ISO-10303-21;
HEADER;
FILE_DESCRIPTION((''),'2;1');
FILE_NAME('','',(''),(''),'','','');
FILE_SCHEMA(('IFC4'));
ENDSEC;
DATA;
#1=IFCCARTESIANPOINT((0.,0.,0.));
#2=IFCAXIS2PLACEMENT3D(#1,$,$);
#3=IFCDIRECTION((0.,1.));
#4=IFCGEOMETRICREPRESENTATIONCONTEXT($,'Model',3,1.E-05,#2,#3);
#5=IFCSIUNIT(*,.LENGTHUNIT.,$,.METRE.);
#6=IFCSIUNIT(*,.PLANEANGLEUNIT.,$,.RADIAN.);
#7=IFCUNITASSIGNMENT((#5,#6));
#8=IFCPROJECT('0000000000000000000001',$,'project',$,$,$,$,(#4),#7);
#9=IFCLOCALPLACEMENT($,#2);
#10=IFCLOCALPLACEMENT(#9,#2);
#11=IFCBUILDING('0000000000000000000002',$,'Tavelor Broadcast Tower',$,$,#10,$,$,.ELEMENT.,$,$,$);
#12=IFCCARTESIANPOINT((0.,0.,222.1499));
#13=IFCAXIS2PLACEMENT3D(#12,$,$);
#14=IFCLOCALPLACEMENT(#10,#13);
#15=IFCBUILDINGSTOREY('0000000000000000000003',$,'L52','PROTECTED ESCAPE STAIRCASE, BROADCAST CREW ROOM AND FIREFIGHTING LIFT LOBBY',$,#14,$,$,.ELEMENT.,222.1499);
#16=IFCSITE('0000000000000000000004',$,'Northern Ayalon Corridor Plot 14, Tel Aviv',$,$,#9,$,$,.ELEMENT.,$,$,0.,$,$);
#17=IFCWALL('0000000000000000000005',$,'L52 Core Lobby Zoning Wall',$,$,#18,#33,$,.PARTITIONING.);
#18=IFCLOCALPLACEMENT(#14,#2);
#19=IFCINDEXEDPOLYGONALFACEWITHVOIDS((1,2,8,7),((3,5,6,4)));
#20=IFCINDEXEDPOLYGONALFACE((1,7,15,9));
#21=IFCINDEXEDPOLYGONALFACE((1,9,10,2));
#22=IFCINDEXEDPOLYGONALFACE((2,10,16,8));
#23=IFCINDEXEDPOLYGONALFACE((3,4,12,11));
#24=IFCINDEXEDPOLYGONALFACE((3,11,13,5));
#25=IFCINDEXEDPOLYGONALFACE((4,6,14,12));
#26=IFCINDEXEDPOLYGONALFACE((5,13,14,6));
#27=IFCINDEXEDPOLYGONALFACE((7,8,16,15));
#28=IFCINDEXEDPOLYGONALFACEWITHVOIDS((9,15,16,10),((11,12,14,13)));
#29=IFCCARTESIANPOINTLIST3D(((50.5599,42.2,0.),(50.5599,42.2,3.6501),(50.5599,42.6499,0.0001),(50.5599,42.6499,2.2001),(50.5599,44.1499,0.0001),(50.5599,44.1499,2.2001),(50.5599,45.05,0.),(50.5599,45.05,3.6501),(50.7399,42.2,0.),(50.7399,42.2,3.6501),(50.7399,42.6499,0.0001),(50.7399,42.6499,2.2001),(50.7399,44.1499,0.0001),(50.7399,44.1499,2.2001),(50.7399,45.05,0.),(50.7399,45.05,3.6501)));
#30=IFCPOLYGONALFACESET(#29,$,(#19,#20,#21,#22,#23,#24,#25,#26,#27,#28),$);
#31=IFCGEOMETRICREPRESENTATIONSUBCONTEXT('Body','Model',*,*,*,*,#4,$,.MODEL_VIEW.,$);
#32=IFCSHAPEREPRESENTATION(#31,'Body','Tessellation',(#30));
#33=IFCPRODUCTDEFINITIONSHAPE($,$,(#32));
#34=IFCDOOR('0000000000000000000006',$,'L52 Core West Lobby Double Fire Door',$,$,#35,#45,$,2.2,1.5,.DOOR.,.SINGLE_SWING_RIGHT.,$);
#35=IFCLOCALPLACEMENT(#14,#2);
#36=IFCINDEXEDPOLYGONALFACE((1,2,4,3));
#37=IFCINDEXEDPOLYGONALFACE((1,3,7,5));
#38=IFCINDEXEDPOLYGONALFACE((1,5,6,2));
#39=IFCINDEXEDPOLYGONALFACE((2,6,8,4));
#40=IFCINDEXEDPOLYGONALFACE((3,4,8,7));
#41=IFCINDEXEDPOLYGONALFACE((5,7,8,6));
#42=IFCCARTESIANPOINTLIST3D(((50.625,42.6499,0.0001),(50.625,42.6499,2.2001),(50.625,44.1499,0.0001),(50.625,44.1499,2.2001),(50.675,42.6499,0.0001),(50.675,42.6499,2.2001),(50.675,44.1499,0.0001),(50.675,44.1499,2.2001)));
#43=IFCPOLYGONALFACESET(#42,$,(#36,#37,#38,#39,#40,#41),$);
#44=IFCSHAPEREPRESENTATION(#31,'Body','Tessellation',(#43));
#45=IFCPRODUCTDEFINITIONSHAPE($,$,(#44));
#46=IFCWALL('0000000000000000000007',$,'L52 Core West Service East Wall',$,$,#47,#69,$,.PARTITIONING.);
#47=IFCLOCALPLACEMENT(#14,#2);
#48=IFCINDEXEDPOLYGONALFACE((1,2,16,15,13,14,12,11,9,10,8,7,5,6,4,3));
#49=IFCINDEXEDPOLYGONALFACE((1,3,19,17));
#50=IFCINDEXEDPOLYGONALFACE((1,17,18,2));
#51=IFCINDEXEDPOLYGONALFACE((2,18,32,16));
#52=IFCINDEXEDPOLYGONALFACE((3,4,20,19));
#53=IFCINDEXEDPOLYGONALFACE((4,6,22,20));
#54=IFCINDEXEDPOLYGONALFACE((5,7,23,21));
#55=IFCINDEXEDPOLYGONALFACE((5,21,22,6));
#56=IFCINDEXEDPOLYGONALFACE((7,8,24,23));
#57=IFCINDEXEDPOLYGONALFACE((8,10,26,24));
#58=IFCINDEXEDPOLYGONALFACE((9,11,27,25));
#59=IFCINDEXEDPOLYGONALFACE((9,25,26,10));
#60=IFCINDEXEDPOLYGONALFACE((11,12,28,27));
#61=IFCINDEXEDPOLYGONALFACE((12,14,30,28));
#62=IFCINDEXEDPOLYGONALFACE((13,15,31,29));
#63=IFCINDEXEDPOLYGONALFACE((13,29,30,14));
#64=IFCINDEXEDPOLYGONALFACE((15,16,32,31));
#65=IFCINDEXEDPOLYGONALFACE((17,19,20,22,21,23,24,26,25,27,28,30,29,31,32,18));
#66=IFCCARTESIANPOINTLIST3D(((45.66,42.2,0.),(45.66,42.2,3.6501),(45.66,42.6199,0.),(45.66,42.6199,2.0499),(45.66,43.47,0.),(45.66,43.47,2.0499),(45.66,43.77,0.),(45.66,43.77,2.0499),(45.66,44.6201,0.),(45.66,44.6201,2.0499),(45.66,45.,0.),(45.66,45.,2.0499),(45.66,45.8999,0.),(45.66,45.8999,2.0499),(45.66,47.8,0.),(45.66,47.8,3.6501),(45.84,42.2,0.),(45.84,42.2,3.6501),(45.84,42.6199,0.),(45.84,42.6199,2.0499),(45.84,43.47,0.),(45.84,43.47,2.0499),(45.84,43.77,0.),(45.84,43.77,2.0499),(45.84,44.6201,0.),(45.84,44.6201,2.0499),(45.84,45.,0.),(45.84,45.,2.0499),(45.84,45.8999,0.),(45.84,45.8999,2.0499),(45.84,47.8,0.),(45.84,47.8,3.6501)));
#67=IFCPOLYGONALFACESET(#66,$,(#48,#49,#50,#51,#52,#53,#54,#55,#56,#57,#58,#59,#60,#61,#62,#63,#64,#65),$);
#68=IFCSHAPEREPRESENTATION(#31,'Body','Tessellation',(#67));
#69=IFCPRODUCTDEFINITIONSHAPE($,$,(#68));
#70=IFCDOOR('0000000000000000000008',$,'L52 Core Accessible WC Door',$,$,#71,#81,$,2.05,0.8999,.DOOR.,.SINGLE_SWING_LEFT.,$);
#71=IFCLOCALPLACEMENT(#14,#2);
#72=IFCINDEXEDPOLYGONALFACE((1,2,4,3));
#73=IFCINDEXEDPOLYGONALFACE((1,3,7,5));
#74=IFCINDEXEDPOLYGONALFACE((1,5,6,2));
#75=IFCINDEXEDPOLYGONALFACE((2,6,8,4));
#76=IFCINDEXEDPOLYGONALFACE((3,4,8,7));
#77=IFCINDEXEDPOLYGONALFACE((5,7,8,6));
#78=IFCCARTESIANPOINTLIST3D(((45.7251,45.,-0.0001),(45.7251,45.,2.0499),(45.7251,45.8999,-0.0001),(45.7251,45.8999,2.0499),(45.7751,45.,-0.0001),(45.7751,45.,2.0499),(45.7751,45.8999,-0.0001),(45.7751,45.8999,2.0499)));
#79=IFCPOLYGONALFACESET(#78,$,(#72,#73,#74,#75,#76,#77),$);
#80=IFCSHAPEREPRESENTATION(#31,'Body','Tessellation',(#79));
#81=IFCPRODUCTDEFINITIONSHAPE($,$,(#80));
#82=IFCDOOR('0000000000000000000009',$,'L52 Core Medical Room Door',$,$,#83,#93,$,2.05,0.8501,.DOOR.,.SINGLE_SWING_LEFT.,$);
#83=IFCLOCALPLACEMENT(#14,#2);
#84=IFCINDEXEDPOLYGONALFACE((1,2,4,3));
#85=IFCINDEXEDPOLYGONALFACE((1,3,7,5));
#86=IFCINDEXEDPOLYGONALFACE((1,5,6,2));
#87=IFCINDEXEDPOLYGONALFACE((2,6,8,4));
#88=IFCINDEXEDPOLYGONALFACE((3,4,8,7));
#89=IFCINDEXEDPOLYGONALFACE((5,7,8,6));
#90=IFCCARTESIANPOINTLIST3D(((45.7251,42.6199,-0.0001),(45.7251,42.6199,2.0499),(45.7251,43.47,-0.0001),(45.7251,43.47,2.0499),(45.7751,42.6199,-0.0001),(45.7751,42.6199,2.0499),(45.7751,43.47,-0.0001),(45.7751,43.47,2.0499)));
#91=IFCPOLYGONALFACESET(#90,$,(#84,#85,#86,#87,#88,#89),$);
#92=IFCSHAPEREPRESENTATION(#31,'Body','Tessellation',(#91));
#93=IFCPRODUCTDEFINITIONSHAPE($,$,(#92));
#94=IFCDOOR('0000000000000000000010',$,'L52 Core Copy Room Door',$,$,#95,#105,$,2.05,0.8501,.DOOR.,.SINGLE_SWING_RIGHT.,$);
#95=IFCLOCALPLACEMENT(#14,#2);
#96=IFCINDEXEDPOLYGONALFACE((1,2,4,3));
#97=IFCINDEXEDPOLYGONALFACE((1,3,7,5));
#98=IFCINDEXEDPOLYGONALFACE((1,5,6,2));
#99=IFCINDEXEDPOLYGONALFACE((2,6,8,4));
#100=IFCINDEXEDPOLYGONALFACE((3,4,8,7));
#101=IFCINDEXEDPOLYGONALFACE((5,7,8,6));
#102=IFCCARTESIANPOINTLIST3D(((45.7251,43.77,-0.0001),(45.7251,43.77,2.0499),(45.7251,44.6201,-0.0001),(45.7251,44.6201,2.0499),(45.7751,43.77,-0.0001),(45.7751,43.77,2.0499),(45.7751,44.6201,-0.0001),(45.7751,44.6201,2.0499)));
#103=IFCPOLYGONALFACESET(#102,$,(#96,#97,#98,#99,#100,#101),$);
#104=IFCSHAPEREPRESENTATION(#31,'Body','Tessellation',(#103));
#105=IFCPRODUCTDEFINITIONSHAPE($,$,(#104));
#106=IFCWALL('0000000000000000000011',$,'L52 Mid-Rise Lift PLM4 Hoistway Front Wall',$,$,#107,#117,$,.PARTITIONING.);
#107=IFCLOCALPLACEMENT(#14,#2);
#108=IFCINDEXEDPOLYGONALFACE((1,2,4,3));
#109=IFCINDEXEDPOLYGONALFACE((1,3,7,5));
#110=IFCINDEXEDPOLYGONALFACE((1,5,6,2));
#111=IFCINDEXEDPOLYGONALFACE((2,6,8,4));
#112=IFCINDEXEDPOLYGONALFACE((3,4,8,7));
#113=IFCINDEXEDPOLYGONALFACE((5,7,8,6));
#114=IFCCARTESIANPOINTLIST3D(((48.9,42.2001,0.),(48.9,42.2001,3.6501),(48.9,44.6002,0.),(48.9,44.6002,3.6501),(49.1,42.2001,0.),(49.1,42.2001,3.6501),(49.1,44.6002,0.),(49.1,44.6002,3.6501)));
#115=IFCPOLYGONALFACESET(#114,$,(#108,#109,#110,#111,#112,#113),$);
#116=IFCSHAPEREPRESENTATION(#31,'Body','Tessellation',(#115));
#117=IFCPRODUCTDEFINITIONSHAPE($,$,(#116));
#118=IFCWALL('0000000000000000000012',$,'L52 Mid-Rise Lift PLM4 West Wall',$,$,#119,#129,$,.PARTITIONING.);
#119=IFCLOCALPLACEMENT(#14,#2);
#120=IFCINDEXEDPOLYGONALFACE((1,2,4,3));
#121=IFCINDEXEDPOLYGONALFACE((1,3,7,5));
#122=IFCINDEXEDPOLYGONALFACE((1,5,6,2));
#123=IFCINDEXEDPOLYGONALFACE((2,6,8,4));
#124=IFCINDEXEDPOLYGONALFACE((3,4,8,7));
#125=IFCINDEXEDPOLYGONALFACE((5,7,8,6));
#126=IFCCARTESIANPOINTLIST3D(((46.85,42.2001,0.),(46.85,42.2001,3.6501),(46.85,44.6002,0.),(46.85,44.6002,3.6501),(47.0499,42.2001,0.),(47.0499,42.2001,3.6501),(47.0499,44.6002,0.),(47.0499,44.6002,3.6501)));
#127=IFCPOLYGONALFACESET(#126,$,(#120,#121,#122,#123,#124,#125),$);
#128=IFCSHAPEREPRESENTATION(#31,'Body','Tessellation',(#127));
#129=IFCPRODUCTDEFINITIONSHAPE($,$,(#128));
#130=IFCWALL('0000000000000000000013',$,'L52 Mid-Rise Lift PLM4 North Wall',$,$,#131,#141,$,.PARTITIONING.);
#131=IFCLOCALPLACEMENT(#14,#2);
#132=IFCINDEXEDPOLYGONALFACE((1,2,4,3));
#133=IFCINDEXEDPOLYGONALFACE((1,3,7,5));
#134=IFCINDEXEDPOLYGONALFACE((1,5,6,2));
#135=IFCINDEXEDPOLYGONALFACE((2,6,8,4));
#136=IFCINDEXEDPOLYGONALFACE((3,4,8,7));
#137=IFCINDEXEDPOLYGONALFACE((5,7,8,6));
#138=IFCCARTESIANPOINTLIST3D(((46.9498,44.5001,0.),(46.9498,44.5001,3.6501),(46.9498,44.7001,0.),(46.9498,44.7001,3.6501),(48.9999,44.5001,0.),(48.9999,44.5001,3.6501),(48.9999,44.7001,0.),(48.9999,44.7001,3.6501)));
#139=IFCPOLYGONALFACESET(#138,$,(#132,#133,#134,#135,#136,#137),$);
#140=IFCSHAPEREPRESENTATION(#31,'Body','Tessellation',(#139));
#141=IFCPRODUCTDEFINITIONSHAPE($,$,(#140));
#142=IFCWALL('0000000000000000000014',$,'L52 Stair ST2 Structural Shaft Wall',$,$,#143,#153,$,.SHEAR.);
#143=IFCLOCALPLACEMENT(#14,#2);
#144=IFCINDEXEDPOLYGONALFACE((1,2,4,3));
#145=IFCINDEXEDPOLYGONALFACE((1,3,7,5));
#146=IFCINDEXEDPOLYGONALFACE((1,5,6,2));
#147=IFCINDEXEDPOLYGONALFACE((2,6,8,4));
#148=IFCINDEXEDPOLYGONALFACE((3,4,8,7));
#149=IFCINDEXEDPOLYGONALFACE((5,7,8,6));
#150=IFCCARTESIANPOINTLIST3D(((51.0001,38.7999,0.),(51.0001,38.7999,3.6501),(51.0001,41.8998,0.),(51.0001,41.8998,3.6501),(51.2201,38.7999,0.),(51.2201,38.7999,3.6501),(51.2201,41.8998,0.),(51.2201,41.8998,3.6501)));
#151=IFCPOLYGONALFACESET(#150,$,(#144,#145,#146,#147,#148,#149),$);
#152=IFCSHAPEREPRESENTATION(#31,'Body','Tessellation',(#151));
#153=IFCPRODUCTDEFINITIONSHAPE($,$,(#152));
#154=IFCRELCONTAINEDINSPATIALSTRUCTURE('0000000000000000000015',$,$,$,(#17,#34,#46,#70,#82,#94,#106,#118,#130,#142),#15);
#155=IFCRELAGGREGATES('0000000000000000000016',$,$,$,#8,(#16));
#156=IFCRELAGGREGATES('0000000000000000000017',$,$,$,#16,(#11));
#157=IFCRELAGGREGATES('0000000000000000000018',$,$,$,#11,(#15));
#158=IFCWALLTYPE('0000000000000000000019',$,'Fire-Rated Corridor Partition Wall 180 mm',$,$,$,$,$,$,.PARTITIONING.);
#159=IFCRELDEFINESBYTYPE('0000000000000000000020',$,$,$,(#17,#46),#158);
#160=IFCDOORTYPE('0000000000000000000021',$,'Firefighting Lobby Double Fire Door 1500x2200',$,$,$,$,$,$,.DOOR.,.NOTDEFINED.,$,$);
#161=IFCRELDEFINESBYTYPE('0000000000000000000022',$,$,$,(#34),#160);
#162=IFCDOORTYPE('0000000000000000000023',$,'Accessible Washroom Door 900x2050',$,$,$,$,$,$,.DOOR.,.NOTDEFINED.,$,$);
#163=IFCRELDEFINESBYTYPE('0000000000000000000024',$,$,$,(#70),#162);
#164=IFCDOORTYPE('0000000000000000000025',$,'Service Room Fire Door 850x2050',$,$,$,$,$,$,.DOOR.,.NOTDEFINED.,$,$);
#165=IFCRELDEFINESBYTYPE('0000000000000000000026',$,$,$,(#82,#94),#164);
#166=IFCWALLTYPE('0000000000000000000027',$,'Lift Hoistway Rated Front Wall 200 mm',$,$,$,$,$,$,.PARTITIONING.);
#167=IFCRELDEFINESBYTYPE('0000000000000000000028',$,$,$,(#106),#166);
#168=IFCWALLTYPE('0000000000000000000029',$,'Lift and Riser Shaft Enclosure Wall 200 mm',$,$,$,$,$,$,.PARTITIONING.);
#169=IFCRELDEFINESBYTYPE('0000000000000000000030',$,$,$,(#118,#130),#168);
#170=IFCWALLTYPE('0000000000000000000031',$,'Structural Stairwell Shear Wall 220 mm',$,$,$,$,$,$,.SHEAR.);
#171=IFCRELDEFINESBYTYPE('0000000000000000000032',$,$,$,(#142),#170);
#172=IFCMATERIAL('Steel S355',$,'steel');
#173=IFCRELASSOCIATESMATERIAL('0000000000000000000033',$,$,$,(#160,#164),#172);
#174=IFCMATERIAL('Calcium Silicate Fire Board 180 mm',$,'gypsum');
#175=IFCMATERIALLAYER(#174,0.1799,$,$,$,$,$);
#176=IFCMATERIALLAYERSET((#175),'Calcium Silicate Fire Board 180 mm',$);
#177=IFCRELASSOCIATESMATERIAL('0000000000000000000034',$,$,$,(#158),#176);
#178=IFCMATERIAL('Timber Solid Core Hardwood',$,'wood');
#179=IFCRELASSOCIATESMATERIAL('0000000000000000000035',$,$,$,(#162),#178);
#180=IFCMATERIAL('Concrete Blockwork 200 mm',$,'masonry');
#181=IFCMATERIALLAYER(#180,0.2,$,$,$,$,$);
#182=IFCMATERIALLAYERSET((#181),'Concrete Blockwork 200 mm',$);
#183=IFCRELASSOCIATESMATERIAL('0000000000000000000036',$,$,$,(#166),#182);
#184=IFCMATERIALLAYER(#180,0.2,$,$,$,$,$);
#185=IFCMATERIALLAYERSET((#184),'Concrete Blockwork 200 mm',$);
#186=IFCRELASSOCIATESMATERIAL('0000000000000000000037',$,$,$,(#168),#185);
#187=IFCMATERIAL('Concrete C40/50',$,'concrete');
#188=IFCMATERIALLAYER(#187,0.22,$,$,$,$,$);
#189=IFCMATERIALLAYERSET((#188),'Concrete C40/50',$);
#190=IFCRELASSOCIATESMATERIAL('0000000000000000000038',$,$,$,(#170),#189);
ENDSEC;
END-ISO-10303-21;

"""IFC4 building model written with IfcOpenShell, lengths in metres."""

from ifc_helpers import new_model, si_unit, direction, frame, frame_2d, origin, place, context, subcontext, project, spatial, rectangle, extrude, material, layer, layer_set, type_object, element, fill, save


model = new_model("IFC4")

# Units and contexts
model_context = context("Model", 3, precision=1e-05, world=origin(), true_north=direction((0.0, 1.0)))
body_context = subcontext(model_context, "Body", "Model", "MODEL_VIEW")
ifc_project = project(units=[si_unit("LENGTHUNIT", "METRE"), si_unit("PLANEANGLEUNIT", "RADIAN")], contexts=[model_context])

# Site, building, storey
site_placement = place(None, origin())
site = spatial("IfcSite", under=ifc_project, at=site_placement, Name="Northern Ayalon Corridor Plot 14, Tel Aviv", CompositionType="ELEMENT", RefElevation=0.0)
building_placement = place(site_placement, origin())
building = spatial("IfcBuilding", under=site, at=building_placement, Name="Tavelor Broadcast Tower", CompositionType="ELEMENT")
storey_placement = place(building_placement, frame((0.0, 0.0, 222.1499)))
storey = spatial("IfcBuildingStorey", under=building, at=storey_placement, Name="L52", Description="PROTECTED ESCAPE STAIRCASE, BROADCAST CREW ROOM AND FIREFIGHTING LIFT LOBBY", CompositionType="ELEMENT", Elevation=222.1499)

# Shared definitions
ifc_material_1 = material(Name="Concrete C40/50", Category="concrete")
ifc_material_2 = material(Name="Steel S355", Category="steel")

# Wall, opening, door
door_type_1 = type_object("IfcDoorType", Name="Firefighting Lobby Double Fire Door 1500x2200", OperationType="NOTDEFINED", PredefinedType="DOOR", material=ifc_material_2)
ifc_material_3 = material(Name="Calcium Silicate Fire Board 180 mm", Category="gypsum")
ifc_layer_1 = layer(ifc_material_3, 0.1799)
ifc_layer_set_1 = layer_set([ifc_layer_1], Name="Calcium Silicate Fire Board 180 mm")
wall_type_1 = type_object("IfcWallType", Name="Fire-Rated Corridor Partition Wall 180 mm", PredefinedType="PARTITIONING", material=ifc_layer_set_1)
wall_1_placement = place(storey_placement, frame((50.6499, 42.2, 0.0), z_axis=(0.0, 0.0, 1.0), x_axis=(0.0, 1.0, 0.0)))
wall_1 = element("IfcWall", 1, at=wall_1_placement, inside=storey, type_object=wall_type_1, Name="L52 Core Lobby Zoning Wall", PredefinedType="PARTITIONING", context=body_context, shape_type="SweptSolid", body=[
    extrude(rectangle(XDim=2.8501, YDim=0.1799, at=frame_2d((1.425, 0.0))), origin(), (0.0, 0.0, 1.0), 3.6501),
])
opening_1_placement = place(wall_1_placement, frame((0.45, 0.0, 0.0)))
opening_1 = element("IfcOpeningElement", 2, at=opening_1_placement, cuts=wall_1, PredefinedType="OPENING", context=body_context, shape_type="SweptSolid", body=[
    extrude(rectangle(XDim=1.5, YDim=2.2, at=frame_2d((0.75, 1.1001))), frame((0.0, 0.1001, 0.0), z_axis=(0.0, -1.0, 0.0), x_axis=(1.0, 0.0, 0.0)), (0.0, 0.0, 1.0), 0.2),
])
door_1_placement = place(opening_1_placement, origin())
door_1 = element("IfcDoor", 3, at=door_1_placement, inside=storey, type_object=door_type_1, Name="L52 Core West Lobby Double Fire Door", OperationType="SINGLE_SWING_RIGHT", OverallHeight=2.2, OverallWidth=1.5, PredefinedType="DOOR", context=body_context, shape_type="SweptSolid", body=[
    extrude(rectangle(XDim=1.5, YDim=2.2, at=frame_2d((0.75, 1.1001))), frame((0.0, 0.0249, 0.0), z_axis=(0.0, -1.0, 0.0), x_axis=(1.0, 0.0, 0.0)), (0.0, 0.0, 1.0), 0.05),
])
fill(opening_1, door_1)

# Wall, openings, doors
wall_2_placement = place(storey_placement, frame((45.75, 42.2, 0.0), z_axis=(0.0, 0.0, 1.0), x_axis=(0.0, 1.0, 0.0)))
wall_2 = element("IfcWall", 4, at=wall_2_placement, inside=storey, type_object=wall_type_1, Name="L52 Core West Service East Wall", PredefinedType="PARTITIONING", context=body_context, shape_type="SweptSolid", body=[
    extrude(rectangle(XDim=5.6001, YDim=0.1799, at=frame_2d((2.8, 0.0))), origin(), (0.0, 0.0, 1.0), 3.6501),
])
opening_2_placement = place(wall_2_placement, frame((0.4199, 0.0, 0.0)))
opening_2 = element("IfcOpeningElement", 5, at=opening_2_placement, cuts=wall_2, PredefinedType="OPENING", context=body_context, shape_type="SweptSolid", body=[
    extrude(rectangle(XDim=0.8501, YDim=2.05, at=frame_2d((0.425, 1.0249))), frame((0.0, 0.1001, 0.0), z_axis=(0.0, -1.0, 0.0), x_axis=(1.0, 0.0, 0.0)), (0.0, 0.0, 1.0), 0.2),
])
opening_3_placement = place(wall_2_placement, frame((1.5701, 0.0, 0.0)))
opening_3 = element("IfcOpeningElement", 6, at=opening_3_placement, cuts=wall_2, PredefinedType="OPENING", context=body_context, shape_type="SweptSolid", body=[
    extrude(rectangle(XDim=0.8501, YDim=2.05, at=frame_2d((0.425, 1.0249))), frame((0.0, 0.1001, 0.0), z_axis=(0.0, -1.0, 0.0), x_axis=(1.0, 0.0, 0.0)), (0.0, 0.0, 1.0), 0.2),
])
opening_4_placement = place(wall_2_placement, frame((2.8, 0.0, 0.0)))
opening_4 = element("IfcOpeningElement", 7, at=opening_4_placement, cuts=wall_2, PredefinedType="OPENING", context=body_context, shape_type="SweptSolid", body=[
    extrude(rectangle(XDim=0.8999, YDim=2.05, at=frame_2d((0.45, 1.0249))), frame((0.0, 0.1001, 0.0), z_axis=(0.0, -1.0, 0.0), x_axis=(1.0, 0.0, 0.0)), (0.0, 0.0, 1.0), 0.2),
])
ifc_material_4 = material(Name="Timber Solid Core Hardwood", Category="wood")
door_type_2 = type_object("IfcDoorType", Name="Accessible Washroom Door 900x2050", OperationType="NOTDEFINED", PredefinedType="DOOR", material=ifc_material_4)
door_2_placement = place(opening_4_placement, origin())
door_2 = element("IfcDoor", 8, at=door_2_placement, inside=storey, type_object=door_type_2, Name="L52 Core Accessible WC Door", OperationType="SINGLE_SWING_LEFT", OverallHeight=2.05, OverallWidth=0.8999, PredefinedType="DOOR", context=body_context, shape_type="SweptSolid", body=[
    extrude(rectangle(XDim=0.8999, YDim=2.05, at=frame_2d((0.45, 1.0249))), frame((0.0, 0.0249, 0.0), z_axis=(0.0, -1.0, 0.0), x_axis=(1.0, 0.0, 0.0)), (0.0, 0.0, 1.0), 0.05),
])
fill(opening_4, door_2)
door_type_3 = type_object("IfcDoorType", Name="Service Room Fire Door 850x2050", OperationType="NOTDEFINED", PredefinedType="DOOR", material=ifc_material_2)
door_3_placement = place(opening_2_placement, origin())
door_3 = element("IfcDoor", 9, at=door_3_placement, inside=storey, type_object=door_type_3, Name="L52 Core Medical Room Door", OperationType="SINGLE_SWING_LEFT", OverallHeight=2.05, OverallWidth=0.8501, PredefinedType="DOOR", context=body_context, shape_type="SweptSolid", body=[
    extrude(rectangle(XDim=0.8501, YDim=2.05, at=frame_2d((0.425, 1.0249))), frame((0.0, 0.0249, 0.0), z_axis=(0.0, -1.0, 0.0), x_axis=(1.0, 0.0, 0.0)), (0.0, 0.0, 1.0), 0.05),
])
fill(opening_2, door_3)
door_4_placement = place(opening_3_placement, origin())
door_4 = element("IfcDoor", 10, at=door_4_placement, inside=storey, type_object=door_type_3, Name="L52 Core Copy Room Door", OperationType="SINGLE_SWING_RIGHT", OverallHeight=2.05, OverallWidth=0.8501, PredefinedType="DOOR", context=body_context, shape_type="SweptSolid", body=[
    extrude(rectangle(XDim=0.8501, YDim=2.05, at=frame_2d((0.425, 1.0249))), frame((0.0, 0.0249, 0.0), z_axis=(0.0, -1.0, 0.0), x_axis=(1.0, 0.0, 0.0)), (0.0, 0.0, 1.0), 0.05),
])
fill(opening_3, door_4)

# Walls
ifc_material_5 = material(Name="Concrete Blockwork 200 mm", Category="masonry")
ifc_layer_2 = layer(ifc_material_5, 0.2)
ifc_layer_set_2 = layer_set([ifc_layer_2], Name="Concrete Blockwork 200 mm")
wall_type_2 = type_object("IfcWallType", Name="Lift Hoistway Rated Front Wall 200 mm", PredefinedType="PARTITIONING", material=ifc_layer_set_2)
wall_3_placement = place(storey_placement, frame((49.0, 42.2, 0.0), z_axis=(0.0, 0.0, 1.0), x_axis=(0.0, 1.0, 0.0)))
element("IfcWall", 11, at=wall_3_placement, inside=storey, type_object=wall_type_2, Name="L52 Mid-Rise Lift PLM4 Hoistway Front Wall", PredefinedType="PARTITIONING", context=body_context, shape_type="SweptSolid", body=[
    extrude(rectangle(XDim=2.4001, YDim=0.2, at=frame_2d((1.2002, 0.0))), origin(), (0.0, 0.0, 1.0), 3.6501),
])
ifc_layer_3 = layer(ifc_material_5, 0.2)
ifc_layer_set_3 = layer_set([ifc_layer_3], Name="Concrete Blockwork 200 mm")
wall_type_3 = type_object("IfcWallType", Name="Lift and Riser Shaft Enclosure Wall 200 mm", PredefinedType="PARTITIONING", material=ifc_layer_set_3)
wall_4_placement = place(storey_placement, frame((46.95, 42.2, 0.0), z_axis=(0.0, 0.0, 1.0), x_axis=(0.0, 1.0, 0.0)))
element("IfcWall", 12, at=wall_4_placement, inside=storey, type_object=wall_type_3, Name="L52 Mid-Rise Lift PLM4 West Wall", PredefinedType="PARTITIONING", context=body_context, shape_type="SweptSolid", body=[
    extrude(rectangle(XDim=2.4001, YDim=0.2, at=frame_2d((1.2002, 0.0))), origin(), (0.0, 0.0, 1.0), 3.6501),
])
wall_5_placement = place(storey_placement, frame((46.95, 44.6001, 0.0), z_axis=(0.0, 0.0, 1.0), x_axis=(1.0, 0.0, 0.0)))
element("IfcWall", 13, at=wall_5_placement, inside=storey, type_object=wall_type_3, Name="L52 Mid-Rise Lift PLM4 North Wall", PredefinedType="PARTITIONING", context=body_context, shape_type="SweptSolid", body=[
    extrude(rectangle(XDim=2.05, YDim=0.2, at=frame_2d((1.0249, 0.0))), origin(), (0.0, 0.0, 1.0), 3.6501),
])
ifc_layer_4 = layer(ifc_material_1, 0.22)
ifc_layer_set_4 = layer_set([ifc_layer_4], Name="Concrete C40/50")
wall_type_4 = type_object("IfcWallType", Name="Structural Stairwell Shear Wall 220 mm", PredefinedType="SHEAR", material=ifc_layer_set_4)
wall_6_placement = place(storey_placement, frame((51.1101, 38.8, 0.0), z_axis=(0.0, 0.0, 1.0), x_axis=(0.0, 1.0, 0.0)))
element("IfcWall", 14, at=wall_6_placement, inside=storey, type_object=wall_type_4, Name="L52 Stair ST2 Structural Shaft Wall", PredefinedType="SHEAR", context=body_context, shape_type="SweptSolid", body=[
    extrude(rectangle(XDim=3.0999, YDim=0.22, at=frame_2d((1.5498, 0.0))), origin(), (0.0, 0.0, 1.0), 3.6501),
])

save(model, "model.ifc")
